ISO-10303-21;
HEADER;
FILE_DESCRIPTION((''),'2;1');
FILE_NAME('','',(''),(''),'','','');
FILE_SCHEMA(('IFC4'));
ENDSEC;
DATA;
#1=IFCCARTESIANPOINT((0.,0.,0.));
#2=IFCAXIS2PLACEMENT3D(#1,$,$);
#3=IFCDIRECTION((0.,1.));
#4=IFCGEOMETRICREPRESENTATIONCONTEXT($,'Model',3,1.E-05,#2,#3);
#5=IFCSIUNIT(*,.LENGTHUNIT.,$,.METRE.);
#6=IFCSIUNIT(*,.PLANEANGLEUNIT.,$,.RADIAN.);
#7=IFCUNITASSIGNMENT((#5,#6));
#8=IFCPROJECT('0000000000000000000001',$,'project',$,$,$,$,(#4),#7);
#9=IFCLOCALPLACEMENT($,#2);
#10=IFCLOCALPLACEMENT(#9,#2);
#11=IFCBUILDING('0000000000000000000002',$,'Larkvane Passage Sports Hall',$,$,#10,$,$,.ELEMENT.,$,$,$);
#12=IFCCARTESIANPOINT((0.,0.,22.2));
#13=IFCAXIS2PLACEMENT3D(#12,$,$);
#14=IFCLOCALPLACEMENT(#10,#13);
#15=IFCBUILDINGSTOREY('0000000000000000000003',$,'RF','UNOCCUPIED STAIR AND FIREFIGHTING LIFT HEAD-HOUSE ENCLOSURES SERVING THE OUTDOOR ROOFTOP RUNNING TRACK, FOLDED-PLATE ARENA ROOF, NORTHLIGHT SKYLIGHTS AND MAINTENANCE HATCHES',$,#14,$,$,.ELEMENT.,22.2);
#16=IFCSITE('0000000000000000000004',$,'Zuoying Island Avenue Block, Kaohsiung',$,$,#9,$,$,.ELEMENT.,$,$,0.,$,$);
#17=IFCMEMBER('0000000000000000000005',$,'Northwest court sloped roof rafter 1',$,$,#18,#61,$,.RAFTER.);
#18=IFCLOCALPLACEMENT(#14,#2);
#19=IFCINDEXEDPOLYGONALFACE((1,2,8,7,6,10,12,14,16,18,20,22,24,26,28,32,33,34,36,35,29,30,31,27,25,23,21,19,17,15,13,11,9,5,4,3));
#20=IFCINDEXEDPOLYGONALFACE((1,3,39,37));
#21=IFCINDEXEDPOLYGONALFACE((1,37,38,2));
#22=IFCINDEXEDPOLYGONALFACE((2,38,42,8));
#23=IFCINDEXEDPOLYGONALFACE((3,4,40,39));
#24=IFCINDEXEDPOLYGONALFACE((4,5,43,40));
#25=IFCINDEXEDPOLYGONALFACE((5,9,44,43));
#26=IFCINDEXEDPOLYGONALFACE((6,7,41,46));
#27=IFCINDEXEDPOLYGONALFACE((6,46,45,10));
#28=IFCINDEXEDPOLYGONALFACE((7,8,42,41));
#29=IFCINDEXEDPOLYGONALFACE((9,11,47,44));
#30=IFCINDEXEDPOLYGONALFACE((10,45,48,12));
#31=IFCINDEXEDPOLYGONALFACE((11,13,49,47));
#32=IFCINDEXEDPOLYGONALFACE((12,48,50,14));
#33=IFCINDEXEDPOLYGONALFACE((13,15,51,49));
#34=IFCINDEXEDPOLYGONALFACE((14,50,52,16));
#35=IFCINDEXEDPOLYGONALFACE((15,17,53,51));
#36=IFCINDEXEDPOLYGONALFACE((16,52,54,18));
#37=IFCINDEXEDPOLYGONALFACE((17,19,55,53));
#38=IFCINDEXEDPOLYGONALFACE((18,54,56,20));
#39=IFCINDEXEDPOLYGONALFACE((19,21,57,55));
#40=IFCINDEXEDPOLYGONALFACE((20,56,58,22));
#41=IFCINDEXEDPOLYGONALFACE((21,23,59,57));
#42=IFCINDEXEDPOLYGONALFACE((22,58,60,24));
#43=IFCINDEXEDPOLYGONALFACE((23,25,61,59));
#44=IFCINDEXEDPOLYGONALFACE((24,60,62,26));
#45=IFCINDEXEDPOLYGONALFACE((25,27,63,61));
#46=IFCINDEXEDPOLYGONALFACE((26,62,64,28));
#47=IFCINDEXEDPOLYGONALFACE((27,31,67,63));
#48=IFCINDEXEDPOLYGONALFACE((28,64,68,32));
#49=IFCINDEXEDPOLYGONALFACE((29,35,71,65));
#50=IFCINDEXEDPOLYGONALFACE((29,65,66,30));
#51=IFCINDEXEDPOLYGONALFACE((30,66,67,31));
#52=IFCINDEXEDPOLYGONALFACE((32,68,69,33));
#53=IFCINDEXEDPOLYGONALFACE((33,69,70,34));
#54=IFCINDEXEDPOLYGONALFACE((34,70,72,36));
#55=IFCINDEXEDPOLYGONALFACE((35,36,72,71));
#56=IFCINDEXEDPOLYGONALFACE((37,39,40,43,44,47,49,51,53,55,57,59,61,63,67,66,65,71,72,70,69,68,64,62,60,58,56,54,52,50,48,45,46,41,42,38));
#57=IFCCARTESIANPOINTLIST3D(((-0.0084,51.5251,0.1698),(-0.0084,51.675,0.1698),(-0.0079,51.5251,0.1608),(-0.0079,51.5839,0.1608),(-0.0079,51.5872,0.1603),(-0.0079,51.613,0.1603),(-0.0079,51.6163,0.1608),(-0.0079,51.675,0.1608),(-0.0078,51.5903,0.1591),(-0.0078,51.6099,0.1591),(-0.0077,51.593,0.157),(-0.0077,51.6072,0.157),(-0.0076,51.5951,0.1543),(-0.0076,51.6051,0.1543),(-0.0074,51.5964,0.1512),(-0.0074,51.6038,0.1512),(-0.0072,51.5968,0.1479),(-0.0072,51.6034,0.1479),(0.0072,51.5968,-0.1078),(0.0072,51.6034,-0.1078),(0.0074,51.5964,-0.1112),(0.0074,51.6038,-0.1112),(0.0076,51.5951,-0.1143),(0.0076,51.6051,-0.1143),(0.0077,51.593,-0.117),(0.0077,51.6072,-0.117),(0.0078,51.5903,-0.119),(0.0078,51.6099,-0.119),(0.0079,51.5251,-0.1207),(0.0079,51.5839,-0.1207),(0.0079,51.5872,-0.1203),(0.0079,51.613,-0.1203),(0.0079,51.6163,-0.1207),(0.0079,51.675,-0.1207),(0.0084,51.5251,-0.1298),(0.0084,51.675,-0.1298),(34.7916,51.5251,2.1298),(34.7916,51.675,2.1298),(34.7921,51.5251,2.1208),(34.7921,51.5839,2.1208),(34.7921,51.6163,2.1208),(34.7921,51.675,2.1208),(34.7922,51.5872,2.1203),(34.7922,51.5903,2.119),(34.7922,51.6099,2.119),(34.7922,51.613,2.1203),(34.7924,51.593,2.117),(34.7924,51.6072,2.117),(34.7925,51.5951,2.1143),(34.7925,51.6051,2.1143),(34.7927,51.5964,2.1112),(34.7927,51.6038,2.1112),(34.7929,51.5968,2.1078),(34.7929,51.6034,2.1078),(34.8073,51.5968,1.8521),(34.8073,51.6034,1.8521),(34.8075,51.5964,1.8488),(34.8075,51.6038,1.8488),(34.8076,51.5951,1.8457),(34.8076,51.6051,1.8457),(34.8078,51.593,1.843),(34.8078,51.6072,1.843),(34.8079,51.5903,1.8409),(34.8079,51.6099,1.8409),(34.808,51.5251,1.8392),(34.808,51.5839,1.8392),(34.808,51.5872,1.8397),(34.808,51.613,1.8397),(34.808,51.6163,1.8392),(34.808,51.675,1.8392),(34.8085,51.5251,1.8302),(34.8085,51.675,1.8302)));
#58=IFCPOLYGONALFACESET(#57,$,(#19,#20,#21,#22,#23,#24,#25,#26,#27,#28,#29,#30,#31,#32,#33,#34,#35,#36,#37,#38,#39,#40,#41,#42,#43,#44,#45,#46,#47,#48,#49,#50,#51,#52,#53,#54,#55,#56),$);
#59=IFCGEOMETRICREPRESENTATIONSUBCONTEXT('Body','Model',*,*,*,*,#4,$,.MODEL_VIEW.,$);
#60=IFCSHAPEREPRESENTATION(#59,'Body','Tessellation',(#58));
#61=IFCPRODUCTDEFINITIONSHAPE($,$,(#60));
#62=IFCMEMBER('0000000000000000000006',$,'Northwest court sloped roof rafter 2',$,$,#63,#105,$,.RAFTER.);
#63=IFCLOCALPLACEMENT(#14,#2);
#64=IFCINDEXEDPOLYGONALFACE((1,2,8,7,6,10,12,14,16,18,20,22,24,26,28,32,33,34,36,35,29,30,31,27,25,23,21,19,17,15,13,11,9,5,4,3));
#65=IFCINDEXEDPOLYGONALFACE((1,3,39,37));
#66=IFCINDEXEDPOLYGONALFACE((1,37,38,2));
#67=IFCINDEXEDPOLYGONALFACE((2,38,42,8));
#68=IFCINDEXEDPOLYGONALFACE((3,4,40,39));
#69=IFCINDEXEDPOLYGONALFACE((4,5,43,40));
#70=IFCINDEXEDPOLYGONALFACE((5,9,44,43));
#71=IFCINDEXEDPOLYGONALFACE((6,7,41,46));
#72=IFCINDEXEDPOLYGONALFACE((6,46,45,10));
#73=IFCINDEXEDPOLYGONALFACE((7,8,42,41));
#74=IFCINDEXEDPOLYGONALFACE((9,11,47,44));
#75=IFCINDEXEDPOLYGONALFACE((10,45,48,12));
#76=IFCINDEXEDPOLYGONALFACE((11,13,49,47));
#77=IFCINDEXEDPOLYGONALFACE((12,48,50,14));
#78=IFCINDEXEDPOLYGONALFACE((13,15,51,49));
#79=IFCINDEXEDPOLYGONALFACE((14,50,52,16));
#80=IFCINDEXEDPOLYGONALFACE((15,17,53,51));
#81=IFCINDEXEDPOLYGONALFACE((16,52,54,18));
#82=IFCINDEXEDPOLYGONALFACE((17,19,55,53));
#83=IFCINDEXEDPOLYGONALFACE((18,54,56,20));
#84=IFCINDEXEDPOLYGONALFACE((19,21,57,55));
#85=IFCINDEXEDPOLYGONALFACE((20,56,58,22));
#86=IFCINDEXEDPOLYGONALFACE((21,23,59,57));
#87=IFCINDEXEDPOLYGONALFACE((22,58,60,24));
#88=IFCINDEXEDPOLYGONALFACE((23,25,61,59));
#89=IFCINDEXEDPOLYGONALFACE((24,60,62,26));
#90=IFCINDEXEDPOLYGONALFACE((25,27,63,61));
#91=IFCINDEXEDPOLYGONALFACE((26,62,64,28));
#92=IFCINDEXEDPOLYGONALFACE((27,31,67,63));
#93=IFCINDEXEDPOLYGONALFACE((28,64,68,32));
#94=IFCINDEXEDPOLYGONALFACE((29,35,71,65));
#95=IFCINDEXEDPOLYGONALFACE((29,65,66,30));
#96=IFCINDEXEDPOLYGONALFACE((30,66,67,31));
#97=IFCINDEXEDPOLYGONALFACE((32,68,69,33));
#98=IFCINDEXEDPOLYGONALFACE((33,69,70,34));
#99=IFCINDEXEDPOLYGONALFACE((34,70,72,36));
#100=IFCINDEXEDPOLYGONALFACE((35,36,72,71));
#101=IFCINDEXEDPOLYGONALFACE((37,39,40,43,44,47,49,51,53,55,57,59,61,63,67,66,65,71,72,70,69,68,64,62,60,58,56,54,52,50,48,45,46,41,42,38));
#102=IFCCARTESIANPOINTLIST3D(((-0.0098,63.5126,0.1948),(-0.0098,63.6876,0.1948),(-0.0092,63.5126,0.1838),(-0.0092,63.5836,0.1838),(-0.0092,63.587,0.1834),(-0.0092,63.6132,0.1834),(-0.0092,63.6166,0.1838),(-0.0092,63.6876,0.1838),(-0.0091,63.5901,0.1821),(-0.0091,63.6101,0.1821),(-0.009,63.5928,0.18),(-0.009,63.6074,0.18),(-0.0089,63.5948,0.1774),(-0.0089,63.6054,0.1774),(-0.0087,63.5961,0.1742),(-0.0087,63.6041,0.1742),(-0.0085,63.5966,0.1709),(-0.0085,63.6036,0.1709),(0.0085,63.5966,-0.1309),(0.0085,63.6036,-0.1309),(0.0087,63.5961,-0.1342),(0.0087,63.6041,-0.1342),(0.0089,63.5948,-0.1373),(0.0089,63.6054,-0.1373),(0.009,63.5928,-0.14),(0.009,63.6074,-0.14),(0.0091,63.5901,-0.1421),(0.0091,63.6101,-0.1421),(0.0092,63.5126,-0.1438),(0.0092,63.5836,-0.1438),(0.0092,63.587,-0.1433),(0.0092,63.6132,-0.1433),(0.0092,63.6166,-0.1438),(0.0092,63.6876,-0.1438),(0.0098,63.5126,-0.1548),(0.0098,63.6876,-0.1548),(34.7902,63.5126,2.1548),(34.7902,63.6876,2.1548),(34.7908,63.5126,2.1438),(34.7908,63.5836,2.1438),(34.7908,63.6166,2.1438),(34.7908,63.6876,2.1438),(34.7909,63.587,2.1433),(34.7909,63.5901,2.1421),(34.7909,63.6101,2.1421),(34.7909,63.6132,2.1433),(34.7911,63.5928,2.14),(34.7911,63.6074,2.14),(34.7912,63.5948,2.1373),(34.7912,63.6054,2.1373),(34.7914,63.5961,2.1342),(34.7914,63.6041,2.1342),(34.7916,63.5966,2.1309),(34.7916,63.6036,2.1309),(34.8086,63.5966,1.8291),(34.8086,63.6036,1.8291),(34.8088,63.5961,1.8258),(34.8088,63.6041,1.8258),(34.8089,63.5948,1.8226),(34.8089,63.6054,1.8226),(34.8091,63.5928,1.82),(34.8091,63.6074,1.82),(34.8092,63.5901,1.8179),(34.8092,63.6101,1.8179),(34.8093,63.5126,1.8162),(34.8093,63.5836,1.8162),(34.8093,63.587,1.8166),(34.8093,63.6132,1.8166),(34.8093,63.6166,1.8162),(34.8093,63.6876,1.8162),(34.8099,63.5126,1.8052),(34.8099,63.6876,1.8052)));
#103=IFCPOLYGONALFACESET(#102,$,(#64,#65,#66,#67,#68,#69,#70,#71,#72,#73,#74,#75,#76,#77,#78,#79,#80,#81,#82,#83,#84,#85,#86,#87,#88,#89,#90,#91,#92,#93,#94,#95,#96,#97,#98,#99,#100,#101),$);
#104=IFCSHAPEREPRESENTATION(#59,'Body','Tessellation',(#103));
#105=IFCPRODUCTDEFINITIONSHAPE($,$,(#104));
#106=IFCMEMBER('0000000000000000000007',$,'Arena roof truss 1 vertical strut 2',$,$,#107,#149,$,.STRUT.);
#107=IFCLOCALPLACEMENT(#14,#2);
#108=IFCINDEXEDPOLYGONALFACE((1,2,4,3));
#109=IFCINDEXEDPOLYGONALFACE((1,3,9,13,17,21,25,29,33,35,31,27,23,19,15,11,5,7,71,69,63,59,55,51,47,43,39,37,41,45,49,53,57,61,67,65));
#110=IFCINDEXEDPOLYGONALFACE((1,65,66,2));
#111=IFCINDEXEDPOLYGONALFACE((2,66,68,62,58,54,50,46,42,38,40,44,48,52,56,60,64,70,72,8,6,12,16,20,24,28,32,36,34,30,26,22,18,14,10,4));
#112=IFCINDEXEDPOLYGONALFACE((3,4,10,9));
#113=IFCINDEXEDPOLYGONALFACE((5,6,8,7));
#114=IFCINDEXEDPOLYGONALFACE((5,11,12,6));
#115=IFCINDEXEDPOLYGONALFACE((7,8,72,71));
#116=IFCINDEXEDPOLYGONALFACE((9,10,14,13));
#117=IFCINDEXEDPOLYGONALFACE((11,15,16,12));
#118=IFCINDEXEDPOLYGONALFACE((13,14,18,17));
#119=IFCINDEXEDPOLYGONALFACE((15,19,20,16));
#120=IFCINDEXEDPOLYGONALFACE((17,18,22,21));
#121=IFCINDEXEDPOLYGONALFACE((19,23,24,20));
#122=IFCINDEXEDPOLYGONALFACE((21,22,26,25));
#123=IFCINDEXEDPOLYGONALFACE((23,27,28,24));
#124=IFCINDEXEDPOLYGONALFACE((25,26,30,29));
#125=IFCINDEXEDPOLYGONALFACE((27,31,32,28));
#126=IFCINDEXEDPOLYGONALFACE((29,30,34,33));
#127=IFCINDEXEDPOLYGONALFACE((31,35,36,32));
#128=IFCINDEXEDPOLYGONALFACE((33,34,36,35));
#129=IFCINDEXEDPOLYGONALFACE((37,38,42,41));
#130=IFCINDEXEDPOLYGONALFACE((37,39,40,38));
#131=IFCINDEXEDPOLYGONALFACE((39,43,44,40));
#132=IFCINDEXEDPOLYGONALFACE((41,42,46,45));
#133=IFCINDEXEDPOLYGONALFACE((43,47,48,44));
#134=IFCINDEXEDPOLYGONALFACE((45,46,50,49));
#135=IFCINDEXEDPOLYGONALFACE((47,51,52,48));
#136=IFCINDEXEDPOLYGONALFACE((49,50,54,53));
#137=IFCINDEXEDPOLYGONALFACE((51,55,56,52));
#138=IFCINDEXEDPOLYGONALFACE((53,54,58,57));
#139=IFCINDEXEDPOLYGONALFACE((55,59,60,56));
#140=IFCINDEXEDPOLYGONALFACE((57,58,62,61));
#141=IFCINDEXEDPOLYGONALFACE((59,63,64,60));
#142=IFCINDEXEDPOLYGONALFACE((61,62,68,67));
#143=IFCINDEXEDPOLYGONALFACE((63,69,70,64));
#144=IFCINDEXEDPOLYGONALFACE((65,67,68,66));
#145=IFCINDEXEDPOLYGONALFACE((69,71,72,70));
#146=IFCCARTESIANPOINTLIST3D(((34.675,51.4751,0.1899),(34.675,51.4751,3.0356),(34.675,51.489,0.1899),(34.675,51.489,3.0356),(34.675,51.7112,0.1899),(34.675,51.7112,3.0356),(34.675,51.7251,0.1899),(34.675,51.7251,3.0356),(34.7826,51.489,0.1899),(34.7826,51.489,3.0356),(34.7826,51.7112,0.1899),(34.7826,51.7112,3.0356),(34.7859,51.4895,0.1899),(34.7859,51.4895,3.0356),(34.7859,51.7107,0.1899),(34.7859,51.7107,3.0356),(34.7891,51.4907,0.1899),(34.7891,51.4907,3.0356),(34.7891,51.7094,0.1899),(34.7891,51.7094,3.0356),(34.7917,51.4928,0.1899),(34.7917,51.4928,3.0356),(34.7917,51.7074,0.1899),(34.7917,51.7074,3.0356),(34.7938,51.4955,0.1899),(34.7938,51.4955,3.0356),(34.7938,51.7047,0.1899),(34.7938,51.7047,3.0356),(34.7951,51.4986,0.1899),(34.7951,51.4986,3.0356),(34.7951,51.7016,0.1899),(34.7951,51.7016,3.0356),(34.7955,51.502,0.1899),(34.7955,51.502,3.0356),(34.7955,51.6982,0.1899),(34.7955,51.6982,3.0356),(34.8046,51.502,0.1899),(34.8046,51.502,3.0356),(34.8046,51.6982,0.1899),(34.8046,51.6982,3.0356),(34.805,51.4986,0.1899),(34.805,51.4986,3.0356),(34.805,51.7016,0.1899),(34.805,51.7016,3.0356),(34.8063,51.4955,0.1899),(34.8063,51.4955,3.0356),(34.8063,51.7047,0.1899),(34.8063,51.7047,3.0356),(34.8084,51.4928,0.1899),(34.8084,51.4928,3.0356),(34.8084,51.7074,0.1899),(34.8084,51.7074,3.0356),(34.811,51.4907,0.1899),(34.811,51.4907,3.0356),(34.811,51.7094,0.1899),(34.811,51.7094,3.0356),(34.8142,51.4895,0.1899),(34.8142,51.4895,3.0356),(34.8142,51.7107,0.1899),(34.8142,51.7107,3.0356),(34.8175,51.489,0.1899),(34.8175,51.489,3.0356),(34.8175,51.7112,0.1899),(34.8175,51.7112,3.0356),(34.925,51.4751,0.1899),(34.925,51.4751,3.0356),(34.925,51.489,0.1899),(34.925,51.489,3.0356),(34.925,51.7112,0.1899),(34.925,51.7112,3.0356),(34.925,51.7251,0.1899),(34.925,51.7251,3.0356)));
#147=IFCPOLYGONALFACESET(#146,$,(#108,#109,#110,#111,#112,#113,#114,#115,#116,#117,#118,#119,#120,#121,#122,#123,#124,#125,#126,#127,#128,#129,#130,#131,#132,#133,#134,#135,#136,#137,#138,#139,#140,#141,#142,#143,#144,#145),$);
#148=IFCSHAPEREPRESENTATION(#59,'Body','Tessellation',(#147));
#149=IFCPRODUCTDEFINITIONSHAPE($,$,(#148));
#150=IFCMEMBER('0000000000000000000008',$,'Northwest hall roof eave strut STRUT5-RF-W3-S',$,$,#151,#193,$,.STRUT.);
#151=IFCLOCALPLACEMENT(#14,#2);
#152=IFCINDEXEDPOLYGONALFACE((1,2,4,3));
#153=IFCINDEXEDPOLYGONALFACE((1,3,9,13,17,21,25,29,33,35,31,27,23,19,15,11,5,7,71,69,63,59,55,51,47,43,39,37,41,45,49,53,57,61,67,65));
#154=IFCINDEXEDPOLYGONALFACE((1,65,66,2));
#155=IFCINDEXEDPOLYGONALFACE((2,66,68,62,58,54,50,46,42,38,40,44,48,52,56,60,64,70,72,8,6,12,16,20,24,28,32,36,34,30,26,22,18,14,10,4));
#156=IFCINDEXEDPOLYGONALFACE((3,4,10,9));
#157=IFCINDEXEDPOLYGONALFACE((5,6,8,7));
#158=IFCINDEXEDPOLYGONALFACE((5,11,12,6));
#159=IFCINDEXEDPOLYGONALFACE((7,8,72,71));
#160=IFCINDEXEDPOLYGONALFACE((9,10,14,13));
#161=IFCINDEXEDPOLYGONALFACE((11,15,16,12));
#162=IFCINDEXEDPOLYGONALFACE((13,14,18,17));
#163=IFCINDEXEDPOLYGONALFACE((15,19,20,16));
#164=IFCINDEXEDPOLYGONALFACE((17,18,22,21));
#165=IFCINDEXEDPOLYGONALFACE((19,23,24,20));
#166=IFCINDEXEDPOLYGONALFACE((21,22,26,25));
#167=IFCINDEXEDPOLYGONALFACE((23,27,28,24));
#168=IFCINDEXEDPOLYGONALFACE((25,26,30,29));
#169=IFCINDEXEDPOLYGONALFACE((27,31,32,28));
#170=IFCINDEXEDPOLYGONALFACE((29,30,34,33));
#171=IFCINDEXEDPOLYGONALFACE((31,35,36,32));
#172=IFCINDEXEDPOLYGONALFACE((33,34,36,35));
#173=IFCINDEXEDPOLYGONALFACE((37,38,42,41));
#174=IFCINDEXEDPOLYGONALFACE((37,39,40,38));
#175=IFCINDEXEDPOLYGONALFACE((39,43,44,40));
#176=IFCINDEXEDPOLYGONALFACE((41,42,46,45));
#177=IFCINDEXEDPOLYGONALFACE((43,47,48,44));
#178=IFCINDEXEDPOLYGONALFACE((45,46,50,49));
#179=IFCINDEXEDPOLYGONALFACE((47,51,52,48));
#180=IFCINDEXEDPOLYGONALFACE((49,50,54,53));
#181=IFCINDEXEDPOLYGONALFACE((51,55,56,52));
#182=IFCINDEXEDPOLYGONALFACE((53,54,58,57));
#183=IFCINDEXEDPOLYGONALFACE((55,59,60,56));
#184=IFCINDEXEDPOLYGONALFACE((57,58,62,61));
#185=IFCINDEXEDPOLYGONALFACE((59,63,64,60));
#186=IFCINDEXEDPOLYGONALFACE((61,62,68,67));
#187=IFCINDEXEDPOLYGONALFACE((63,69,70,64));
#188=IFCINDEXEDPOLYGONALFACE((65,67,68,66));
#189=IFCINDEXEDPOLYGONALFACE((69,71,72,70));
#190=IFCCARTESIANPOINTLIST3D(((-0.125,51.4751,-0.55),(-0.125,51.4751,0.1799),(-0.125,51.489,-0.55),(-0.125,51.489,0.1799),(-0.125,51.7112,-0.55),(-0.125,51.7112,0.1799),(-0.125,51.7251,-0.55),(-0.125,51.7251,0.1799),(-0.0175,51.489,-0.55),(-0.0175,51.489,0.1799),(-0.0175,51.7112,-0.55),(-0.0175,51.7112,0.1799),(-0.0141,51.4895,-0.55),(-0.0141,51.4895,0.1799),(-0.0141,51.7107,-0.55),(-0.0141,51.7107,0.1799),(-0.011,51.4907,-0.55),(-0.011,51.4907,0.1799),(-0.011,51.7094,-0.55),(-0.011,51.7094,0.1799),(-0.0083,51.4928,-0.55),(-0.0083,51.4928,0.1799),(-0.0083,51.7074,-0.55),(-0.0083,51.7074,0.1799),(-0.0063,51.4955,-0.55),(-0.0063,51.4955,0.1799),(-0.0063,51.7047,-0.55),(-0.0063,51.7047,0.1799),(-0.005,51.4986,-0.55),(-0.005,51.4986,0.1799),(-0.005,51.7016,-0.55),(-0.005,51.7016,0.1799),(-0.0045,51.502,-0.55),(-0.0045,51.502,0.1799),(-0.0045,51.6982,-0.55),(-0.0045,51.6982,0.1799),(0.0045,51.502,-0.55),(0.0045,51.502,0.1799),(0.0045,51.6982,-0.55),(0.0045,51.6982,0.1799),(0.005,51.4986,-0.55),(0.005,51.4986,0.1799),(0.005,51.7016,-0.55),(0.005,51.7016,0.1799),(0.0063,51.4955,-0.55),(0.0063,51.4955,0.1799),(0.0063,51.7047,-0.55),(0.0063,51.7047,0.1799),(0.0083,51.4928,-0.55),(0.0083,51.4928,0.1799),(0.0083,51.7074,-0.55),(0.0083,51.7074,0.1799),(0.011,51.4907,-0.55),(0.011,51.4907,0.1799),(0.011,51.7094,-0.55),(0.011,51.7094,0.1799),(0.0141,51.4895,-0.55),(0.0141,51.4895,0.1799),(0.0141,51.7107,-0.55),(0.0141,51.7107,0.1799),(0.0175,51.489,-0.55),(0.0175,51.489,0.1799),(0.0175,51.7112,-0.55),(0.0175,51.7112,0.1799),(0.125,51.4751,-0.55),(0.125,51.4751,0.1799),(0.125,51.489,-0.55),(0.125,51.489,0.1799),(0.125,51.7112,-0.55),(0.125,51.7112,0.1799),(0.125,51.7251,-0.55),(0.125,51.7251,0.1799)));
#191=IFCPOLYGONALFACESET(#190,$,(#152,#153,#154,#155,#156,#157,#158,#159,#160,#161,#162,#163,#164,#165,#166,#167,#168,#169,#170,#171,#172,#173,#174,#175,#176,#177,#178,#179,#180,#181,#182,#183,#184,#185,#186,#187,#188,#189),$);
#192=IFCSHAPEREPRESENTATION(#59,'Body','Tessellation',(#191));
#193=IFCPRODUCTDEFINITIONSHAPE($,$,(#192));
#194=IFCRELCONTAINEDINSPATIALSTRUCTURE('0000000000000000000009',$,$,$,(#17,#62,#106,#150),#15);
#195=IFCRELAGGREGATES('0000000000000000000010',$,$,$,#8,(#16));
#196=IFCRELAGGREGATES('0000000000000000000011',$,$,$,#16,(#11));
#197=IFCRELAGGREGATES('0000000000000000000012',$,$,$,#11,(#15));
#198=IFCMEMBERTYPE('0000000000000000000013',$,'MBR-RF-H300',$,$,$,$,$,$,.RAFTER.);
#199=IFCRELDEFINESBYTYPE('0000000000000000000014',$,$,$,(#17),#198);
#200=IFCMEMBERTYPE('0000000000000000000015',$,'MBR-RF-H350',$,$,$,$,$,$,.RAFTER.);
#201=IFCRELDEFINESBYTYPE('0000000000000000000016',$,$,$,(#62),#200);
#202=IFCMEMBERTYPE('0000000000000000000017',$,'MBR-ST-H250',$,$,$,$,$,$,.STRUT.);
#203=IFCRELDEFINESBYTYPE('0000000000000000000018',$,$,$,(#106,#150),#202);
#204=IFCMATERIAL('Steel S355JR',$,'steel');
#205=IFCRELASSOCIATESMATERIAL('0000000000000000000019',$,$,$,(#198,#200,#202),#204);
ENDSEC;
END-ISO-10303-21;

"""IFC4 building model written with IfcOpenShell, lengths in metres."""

from ifc_helpers import new_model, si_unit, direction, frame, origin, origin_2d, place, context, subcontext, project, spatial, i_section, extrude, material, material_profile, profile_set, type_object, element, save


model = new_model("IFC4")

# Units and contexts
model_context = context("Model", 3, precision=1e-05, world=origin(), true_north=direction((0.0, 1.0)))
body_context = subcontext(model_context, "Body", "Model", "MODEL_VIEW")
ifc_project = project(units=[si_unit("LENGTHUNIT", "METRE"), si_unit("PLANEANGLEUNIT", "RADIAN")], contexts=[model_context])

# Site, building, storey
site_placement = place(None, origin())
site = spatial("IfcSite", under=ifc_project, at=site_placement, Name="Zuoying Island Avenue Block, Kaohsiung", CompositionType="ELEMENT", RefElevation=0.0)
building_placement = place(site_placement, origin())
building = spatial("IfcBuilding", under=site, at=building_placement, Name="Larkvane Passage Sports Hall", CompositionType="ELEMENT")
storey_placement = place(building_placement, frame((0.0, 0.0, 22.2)))
storey = spatial("IfcBuildingStorey", under=building, at=storey_placement, Name="RF", Description="UNOCCUPIED STAIR AND FIREFIGHTING LIFT HEAD-HOUSE ENCLOSURES SERVING THE OUTDOOR ROOFTOP RUNNING TRACK, FOLDED-PLATE ARENA ROOF, NORTHLIGHT SKYLIGHTS AND MAINTENANCE HATCHES", CompositionType="ELEMENT", Elevation=22.2)

# Members
ifc_material_1 = material(Name="Steel S355JR", Category="steel")
ifc_material_profile_1 = material_profile(ifc_material_1, i_section(OverallWidth=0.1499, OverallDepth=0.3, WebThickness=0.0066, FlangeThickness=0.009, FilletRadius=0.0129, at=origin_2d()), Name="H-300x150x6.5x9")
ifc_profile_set_1 = profile_set([ifc_material_profile_1], Name="Steel S355JR")
member_type_1 = type_object("IfcMemberType", Name="MBR-RF-H300", PredefinedType="RAFTER", material=ifc_profile_set_1)
member_1_placement = place(storey_placement, frame((0.0, 51.6001, 0.02), z_axis=(0.998418, 0.0, 0.056232), x_axis=(0.0, 1.0, 0.0)))
element("IfcMember", 1, at=member_1_placement, inside=storey, type_object=member_type_1, Name="Northwest court sloped roof rafter 1", PredefinedType="RAFTER", context=body_context, shape_type="SweptSolid", body=[
    extrude(i_section(OverallWidth=0.1499, OverallDepth=0.3, WebThickness=0.0066, FlangeThickness=0.009, FilletRadius=0.0129, at=origin_2d()), origin(), (0.0, 0.0, 1.0), 34.8552),
])
ifc_material_profile_2 = material_profile(ifc_material_1, i_section(OverallWidth=0.175, OverallDepth=0.3501, WebThickness=0.0071, FlangeThickness=0.011, FilletRadius=0.0129, at=origin_2d()), Name="H-350x175x7x11")
ifc_profile_set_2 = profile_set([ifc_material_profile_2], Name="Steel S355JR")
member_type_2 = type_object("IfcMemberType", Name="MBR-RF-H350", PredefinedType="RAFTER", material=ifc_profile_set_2)
member_2_placement = place(storey_placement, frame((0.0, 63.6001, 0.02), z_axis=(0.998418, 0.0, 0.056232), x_axis=(0.0, 1.0, 0.0)))
element("IfcMember", 2, at=member_2_placement, inside=storey, type_object=member_type_2, Name="Northwest court sloped roof rafter 2", PredefinedType="RAFTER", context=body_context, shape_type="SweptSolid", body=[
    extrude(i_section(OverallWidth=0.175, OverallDepth=0.3501, WebThickness=0.0071, FlangeThickness=0.011, FilletRadius=0.0129, at=origin_2d()), origin(), (0.0, 0.0, 1.0), 34.8552),
])
ifc_material_profile_3 = material_profile(ifc_material_1, i_section(OverallWidth=0.25, OverallDepth=0.25, WebThickness=0.009, FlangeThickness=0.0139, FilletRadius=0.0129, at=origin_2d()), Name="H-250x250x9x14")
ifc_profile_set_3 = profile_set([ifc_material_profile_3], Name="Steel S355JR")
member_type_3 = type_object("IfcMemberType", Name="MBR-ST-H250", PredefinedType="STRUT", material=ifc_profile_set_3)
member_3_placement = place(storey_placement, frame((34.8, 51.6001, 0.1899), z_axis=(0.0, 0.0, 1.0), x_axis=(1.0, 0.0, 0.0)))
element("IfcMember", 3, at=member_3_placement, inside=storey, type_object=member_type_3, Name="Arena roof truss 1 vertical strut 2", PredefinedType="STRUT", context=body_context, shape_type="SweptSolid", body=[
    extrude(i_section(OverallWidth=0.25, OverallDepth=0.25, WebThickness=0.009, FlangeThickness=0.0139, FilletRadius=0.0129, at=origin_2d()), origin(), (0.0, 0.0, 1.0), 2.8457),
])
member_4_placement = place(storey_placement, frame((0.0, 51.6001, -0.55), z_axis=(0.0, 0.0, 1.0), x_axis=(1.0, 0.0, 0.0)))
element("IfcMember", 4, at=member_4_placement, inside=storey, type_object=member_type_3, Name="Northwest hall roof eave strut STRUT5-RF-W3-S", PredefinedType="STRUT", context=body_context, shape_type="SweptSolid", body=[
    extrude(i_section(OverallWidth=0.25, OverallDepth=0.25, WebThickness=0.009, FlangeThickness=0.0139, FilletRadius=0.0129, at=origin_2d()), origin(), (0.0, 0.0, 1.0), 0.73),
])

save(model, "model.ifc")
